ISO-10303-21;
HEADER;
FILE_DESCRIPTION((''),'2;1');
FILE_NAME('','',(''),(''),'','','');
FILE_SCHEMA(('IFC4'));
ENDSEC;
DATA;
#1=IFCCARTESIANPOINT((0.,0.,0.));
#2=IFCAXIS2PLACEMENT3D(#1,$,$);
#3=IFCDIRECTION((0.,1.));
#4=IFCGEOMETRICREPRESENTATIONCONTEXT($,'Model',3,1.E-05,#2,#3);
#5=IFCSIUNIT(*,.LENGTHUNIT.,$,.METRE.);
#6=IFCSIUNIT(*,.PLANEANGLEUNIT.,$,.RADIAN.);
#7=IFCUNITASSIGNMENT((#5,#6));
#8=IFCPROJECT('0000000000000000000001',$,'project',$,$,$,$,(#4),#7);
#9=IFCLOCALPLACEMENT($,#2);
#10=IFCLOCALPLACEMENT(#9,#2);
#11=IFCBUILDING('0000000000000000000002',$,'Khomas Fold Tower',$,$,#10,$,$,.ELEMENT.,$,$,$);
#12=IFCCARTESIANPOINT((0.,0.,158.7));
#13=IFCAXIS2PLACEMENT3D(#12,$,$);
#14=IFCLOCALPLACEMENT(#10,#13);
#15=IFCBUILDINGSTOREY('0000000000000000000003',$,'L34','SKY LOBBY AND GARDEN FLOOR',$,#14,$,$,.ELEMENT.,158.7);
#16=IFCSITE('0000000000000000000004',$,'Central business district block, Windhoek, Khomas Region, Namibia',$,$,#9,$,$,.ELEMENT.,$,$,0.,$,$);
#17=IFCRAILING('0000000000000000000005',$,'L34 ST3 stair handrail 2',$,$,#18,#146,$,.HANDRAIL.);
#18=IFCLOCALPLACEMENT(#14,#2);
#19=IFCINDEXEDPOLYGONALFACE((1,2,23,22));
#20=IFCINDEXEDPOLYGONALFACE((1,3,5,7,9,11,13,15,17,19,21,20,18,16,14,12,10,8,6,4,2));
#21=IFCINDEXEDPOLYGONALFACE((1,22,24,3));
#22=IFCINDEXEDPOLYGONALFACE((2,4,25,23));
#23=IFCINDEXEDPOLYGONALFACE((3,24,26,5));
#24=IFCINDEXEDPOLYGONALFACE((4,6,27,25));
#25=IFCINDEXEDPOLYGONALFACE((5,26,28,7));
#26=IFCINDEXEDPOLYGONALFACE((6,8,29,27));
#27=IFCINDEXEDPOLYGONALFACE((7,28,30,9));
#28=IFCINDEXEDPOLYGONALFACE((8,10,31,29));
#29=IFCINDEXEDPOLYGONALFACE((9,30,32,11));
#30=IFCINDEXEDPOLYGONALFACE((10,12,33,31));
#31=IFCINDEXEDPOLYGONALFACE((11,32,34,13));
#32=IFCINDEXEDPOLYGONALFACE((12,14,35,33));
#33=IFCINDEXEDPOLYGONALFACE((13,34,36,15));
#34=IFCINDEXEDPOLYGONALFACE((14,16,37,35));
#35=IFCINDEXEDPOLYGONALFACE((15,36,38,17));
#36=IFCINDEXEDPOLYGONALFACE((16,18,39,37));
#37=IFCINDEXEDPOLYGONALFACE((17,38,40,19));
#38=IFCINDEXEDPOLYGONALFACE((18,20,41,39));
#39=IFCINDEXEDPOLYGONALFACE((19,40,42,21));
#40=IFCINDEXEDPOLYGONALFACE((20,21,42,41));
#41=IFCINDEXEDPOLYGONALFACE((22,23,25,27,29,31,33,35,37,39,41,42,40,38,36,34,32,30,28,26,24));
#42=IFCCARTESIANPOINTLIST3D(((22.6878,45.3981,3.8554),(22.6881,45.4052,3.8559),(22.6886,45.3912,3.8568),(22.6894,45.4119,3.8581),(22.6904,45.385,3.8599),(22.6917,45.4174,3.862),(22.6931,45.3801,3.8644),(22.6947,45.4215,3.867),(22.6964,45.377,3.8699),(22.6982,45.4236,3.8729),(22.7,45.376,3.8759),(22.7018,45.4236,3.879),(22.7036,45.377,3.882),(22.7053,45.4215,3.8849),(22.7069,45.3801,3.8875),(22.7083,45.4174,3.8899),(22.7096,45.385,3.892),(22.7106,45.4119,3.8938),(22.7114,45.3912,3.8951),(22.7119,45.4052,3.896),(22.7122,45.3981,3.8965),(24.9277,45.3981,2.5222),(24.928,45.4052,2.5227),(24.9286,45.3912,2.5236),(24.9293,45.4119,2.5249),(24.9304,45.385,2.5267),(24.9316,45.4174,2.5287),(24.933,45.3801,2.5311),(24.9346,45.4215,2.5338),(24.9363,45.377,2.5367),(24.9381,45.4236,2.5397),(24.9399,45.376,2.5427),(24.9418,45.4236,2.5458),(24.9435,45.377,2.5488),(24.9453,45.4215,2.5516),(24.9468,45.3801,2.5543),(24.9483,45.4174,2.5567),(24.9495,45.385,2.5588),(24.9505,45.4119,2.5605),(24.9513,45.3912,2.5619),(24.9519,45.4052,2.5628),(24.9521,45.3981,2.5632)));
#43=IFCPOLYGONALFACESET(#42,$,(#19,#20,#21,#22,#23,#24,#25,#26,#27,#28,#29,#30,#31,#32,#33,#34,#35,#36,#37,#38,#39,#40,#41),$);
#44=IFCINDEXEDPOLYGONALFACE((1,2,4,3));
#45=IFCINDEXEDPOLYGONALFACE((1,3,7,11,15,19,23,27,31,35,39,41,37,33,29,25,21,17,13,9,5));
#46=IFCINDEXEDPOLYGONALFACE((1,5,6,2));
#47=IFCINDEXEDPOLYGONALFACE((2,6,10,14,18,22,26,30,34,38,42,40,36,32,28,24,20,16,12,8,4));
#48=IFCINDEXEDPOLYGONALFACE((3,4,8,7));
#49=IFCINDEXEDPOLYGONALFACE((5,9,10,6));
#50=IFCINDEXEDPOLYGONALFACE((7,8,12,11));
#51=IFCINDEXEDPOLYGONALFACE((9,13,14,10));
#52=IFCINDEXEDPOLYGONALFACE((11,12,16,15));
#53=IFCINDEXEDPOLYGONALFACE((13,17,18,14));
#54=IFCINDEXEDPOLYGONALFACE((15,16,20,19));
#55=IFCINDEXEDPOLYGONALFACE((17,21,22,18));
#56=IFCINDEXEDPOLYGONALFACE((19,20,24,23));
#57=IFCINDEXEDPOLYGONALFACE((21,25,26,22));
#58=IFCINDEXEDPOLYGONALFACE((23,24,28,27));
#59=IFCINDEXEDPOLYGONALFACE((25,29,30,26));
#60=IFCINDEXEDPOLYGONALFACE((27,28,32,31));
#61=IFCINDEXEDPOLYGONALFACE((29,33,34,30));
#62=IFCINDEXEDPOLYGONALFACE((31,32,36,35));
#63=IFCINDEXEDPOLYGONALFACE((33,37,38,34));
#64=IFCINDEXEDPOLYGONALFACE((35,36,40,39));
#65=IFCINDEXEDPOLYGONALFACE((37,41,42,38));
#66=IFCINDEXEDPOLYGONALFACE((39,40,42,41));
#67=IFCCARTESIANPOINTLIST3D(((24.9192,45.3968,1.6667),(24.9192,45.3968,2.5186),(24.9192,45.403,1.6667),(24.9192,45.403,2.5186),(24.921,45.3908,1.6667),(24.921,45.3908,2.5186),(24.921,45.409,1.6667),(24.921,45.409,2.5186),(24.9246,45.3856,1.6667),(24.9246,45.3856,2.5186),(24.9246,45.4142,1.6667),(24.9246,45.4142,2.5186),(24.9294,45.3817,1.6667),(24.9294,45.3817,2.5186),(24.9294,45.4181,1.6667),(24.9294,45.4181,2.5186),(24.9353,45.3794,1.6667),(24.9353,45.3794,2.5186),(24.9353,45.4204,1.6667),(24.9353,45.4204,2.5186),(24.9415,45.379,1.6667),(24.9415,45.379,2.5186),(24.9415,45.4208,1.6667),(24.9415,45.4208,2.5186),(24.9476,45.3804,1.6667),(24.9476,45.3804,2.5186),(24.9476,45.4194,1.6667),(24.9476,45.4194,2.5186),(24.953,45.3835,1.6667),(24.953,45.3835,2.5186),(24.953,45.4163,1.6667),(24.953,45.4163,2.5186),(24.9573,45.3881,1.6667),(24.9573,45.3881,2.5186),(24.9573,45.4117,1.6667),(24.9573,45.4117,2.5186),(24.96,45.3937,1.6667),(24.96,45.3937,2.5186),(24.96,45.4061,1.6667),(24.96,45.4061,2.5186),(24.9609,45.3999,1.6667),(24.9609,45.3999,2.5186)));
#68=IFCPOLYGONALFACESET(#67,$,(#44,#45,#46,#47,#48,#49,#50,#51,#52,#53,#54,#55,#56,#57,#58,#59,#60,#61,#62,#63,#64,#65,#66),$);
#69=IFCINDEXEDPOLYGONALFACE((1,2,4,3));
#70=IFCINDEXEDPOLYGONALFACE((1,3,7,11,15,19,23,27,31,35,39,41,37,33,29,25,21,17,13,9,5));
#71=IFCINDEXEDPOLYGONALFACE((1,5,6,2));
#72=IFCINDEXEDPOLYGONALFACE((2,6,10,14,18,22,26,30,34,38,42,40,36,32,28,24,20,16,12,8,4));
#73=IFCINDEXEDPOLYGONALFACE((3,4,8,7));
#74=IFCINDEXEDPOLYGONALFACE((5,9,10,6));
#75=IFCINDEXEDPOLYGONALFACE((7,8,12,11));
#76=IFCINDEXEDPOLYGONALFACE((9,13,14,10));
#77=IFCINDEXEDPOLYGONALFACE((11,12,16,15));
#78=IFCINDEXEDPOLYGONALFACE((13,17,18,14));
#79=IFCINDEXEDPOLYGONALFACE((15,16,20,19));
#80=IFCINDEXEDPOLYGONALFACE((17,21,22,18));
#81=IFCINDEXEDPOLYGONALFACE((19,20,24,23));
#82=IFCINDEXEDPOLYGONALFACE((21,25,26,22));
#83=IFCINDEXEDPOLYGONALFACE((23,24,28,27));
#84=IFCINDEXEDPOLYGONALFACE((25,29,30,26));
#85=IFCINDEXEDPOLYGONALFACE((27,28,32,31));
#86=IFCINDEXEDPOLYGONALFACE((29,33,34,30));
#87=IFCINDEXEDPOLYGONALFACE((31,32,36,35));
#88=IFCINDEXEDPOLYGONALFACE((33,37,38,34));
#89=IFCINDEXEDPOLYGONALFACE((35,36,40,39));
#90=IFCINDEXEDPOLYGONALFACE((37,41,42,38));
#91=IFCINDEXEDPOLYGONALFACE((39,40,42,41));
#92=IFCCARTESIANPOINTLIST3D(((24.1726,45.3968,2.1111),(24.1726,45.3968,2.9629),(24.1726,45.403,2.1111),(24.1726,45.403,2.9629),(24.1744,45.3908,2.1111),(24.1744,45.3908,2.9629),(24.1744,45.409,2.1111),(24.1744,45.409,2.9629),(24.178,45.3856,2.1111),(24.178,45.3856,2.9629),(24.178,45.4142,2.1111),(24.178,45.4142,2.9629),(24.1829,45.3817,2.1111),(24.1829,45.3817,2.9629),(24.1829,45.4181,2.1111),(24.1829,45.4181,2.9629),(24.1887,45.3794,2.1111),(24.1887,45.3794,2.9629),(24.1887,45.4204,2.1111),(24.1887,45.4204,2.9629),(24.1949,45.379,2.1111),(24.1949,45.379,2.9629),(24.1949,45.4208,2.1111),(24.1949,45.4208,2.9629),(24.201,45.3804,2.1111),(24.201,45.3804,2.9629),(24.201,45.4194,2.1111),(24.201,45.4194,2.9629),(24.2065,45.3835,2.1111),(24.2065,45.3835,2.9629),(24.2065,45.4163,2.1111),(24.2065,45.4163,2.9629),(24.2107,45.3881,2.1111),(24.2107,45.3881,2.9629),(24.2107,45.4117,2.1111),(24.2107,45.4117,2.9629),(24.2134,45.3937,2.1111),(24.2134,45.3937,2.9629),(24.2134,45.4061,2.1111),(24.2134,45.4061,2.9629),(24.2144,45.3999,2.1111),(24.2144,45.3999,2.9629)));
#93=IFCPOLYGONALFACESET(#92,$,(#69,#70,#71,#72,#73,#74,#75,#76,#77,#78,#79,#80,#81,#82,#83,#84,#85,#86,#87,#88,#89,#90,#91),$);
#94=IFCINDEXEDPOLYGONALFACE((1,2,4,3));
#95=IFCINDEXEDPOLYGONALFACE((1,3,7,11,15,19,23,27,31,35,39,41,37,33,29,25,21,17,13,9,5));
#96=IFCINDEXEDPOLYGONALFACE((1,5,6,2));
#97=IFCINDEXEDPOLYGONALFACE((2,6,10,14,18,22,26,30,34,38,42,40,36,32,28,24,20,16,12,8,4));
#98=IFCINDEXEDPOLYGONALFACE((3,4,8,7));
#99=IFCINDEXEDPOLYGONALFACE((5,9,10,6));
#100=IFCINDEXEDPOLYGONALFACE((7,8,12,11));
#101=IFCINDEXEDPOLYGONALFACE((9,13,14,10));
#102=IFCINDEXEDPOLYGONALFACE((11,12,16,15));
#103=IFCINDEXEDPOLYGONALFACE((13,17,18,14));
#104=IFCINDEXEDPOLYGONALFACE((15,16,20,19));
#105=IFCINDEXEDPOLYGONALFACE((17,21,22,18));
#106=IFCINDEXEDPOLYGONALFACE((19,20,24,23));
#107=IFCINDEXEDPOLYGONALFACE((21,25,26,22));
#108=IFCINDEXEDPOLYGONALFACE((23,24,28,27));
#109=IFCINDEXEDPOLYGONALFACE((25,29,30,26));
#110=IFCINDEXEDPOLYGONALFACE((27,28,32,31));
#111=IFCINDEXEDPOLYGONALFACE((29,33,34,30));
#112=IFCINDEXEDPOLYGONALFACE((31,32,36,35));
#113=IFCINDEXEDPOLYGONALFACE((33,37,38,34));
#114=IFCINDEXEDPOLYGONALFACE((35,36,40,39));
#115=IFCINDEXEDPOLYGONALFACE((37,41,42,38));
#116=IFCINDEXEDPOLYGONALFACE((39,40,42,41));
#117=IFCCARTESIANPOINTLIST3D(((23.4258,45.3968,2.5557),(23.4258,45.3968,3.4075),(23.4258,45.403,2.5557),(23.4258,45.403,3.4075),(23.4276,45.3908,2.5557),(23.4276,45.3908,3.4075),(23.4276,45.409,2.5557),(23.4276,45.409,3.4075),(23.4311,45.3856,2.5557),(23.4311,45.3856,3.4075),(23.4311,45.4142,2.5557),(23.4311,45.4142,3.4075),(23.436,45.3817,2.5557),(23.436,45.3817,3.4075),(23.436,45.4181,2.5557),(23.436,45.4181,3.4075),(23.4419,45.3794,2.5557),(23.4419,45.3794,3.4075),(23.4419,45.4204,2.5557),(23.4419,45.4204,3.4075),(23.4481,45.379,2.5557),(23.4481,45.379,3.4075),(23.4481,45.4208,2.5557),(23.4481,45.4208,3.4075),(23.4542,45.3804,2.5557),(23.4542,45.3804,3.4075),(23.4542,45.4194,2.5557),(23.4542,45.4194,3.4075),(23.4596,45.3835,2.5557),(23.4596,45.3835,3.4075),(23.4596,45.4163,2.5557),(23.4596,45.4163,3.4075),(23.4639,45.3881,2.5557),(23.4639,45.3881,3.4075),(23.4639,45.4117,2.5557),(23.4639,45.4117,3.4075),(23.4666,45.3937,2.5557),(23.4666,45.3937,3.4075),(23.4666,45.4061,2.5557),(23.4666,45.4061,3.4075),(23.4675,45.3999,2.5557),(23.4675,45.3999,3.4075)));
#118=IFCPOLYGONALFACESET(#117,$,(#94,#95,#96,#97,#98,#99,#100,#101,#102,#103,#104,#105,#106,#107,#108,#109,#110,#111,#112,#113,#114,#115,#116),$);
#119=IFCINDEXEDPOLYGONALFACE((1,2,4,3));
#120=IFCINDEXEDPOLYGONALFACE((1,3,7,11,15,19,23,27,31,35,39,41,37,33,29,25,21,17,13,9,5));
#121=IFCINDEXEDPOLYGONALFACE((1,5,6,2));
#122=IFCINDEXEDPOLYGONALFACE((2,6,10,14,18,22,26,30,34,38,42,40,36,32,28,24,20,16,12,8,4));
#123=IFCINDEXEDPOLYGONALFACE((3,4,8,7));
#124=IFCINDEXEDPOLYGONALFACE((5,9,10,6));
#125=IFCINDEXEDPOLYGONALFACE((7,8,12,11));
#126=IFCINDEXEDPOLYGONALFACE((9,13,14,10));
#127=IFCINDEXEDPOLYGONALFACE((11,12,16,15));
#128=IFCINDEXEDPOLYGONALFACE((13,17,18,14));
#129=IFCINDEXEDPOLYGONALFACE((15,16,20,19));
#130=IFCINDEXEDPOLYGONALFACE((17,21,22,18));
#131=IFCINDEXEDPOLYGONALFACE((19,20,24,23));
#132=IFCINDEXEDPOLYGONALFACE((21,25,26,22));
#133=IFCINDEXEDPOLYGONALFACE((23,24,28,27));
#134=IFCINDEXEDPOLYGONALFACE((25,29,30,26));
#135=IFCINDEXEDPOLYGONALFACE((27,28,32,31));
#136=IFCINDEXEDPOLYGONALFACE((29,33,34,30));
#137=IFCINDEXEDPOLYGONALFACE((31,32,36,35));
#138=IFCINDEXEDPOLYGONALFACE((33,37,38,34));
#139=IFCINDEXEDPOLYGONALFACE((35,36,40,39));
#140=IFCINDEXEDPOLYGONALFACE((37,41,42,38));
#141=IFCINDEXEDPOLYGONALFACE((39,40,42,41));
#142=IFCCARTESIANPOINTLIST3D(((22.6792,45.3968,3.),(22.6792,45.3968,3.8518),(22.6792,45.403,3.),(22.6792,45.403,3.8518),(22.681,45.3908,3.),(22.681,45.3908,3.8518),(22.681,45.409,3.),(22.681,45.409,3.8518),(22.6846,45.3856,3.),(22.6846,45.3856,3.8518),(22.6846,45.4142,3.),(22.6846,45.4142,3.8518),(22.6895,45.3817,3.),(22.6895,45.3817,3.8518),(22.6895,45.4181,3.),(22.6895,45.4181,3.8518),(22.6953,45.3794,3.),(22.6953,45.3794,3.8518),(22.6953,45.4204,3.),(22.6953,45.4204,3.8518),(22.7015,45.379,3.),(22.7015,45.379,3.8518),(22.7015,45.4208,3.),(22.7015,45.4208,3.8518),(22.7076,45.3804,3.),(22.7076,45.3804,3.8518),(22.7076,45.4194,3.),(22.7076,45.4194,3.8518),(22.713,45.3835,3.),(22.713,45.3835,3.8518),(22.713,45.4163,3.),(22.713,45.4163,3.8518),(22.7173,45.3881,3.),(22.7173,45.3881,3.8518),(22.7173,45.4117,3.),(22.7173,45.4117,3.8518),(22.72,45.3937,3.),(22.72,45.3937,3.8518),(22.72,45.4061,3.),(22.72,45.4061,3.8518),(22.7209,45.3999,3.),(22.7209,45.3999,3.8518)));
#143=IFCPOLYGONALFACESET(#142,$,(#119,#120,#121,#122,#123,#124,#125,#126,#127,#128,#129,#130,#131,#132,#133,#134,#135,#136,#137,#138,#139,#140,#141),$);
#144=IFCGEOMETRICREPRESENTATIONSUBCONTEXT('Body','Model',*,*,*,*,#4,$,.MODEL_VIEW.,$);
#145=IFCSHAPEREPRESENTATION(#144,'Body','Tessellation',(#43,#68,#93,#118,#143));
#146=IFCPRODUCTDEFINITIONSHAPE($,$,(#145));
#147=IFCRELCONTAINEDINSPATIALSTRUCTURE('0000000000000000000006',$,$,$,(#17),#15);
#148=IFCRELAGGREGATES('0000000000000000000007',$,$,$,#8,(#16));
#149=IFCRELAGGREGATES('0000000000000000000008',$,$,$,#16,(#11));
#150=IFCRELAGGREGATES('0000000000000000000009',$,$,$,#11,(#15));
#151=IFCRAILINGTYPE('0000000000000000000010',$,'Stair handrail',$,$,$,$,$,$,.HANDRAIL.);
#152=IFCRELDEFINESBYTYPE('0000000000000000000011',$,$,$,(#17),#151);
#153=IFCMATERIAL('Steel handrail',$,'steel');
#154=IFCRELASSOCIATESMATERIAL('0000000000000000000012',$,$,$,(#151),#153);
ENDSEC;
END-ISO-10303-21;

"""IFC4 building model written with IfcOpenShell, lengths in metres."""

from ifc_helpers import new_model, si_unit, direction, frame, origin, origin_2d, place, context, subcontext, project, spatial, circle, extrude, source, transform, mapped, material, type_object, element, save


model = new_model("IFC4")

# Units and contexts
model_context = context("Model", 3, precision=1e-05, world=origin(), true_north=direction((0.0, 1.0)))
body_context = subcontext(model_context, "Body", "Model", "MODEL_VIEW")
ifc_project = project(units=[si_unit("LENGTHUNIT", "METRE"), si_unit("PLANEANGLEUNIT", "RADIAN")], contexts=[model_context])

# Site, building, storey
site_placement = place(None, origin())
site = spatial("IfcSite", under=ifc_project, at=site_placement, Name="Central business district block, Windhoek, Khomas Region, Namibia", CompositionType="ELEMENT", RefElevation=0.0)
building_placement = place(site_placement, origin())
building = spatial("IfcBuilding", under=site, at=building_placement, Name="Khomas Fold Tower", CompositionType="ELEMENT")
storey_placement = place(building_placement, frame((0.0, 0.0, 158.7)))
storey = spatial("IfcBuildingStorey", under=building, at=storey_placement, Name="L34", Description="SKY LOBBY AND GARDEN FLOOR", CompositionType="ELEMENT", Elevation=158.7)

# Railing
ifc_material_1 = material(Name="Steel handrail", Category="steel")
railing_type_1 = type_object("IfcRailingType", Name="Stair handrail", PredefinedType="HANDRAIL", material=ifc_material_1)
shared_shape_1 = source(origin(), body_context, "Body", "SweptSolid", [
    extrude(circle(Radius=0.0239, at=origin_2d()), frame((0.0, 0.0, 0.876), z_axis=(-0.859306, 0.0, 0.511462), x_axis=(0.0, -1.0, 0.0)), (0.0, 0.0, 1.0), 2.6067),
    extrude(circle(Radius=0.021, at=origin_2d()), origin(), (0.0, 0.0, 1.0), 0.8518),
    extrude(circle(Radius=0.021, at=origin_2d()), frame((-0.7466, 0.0, 0.4443)), (0.0, 0.0, 1.0), 0.8518),
    extrude(circle(Radius=0.021, at=origin_2d()), frame((-1.4934, 0.0, 0.8889)), (0.0, 0.0, 1.0), 0.8518),
    extrude(circle(Radius=0.021, at=origin_2d()), frame((-2.24, 0.0, 1.3333)), (0.0, 0.0, 1.0), 0.8518),
])
for number, where, name in (
    (1, (24.9399, 45.3999, 1.6667), "L34 ST3 stair handrail 2"),
):
    element("IfcRailing", number, at=place(storey_placement, frame(where)), inside=storey, type_object=railing_type_1, Name=name, PredefinedType="HANDRAIL", context=body_context, shape_type="MappedRepresentation", body=[
        mapped(shared_shape_1, transform((0.0, 0.0, 0.0))),
    ])

save(model, "model.ifc")
